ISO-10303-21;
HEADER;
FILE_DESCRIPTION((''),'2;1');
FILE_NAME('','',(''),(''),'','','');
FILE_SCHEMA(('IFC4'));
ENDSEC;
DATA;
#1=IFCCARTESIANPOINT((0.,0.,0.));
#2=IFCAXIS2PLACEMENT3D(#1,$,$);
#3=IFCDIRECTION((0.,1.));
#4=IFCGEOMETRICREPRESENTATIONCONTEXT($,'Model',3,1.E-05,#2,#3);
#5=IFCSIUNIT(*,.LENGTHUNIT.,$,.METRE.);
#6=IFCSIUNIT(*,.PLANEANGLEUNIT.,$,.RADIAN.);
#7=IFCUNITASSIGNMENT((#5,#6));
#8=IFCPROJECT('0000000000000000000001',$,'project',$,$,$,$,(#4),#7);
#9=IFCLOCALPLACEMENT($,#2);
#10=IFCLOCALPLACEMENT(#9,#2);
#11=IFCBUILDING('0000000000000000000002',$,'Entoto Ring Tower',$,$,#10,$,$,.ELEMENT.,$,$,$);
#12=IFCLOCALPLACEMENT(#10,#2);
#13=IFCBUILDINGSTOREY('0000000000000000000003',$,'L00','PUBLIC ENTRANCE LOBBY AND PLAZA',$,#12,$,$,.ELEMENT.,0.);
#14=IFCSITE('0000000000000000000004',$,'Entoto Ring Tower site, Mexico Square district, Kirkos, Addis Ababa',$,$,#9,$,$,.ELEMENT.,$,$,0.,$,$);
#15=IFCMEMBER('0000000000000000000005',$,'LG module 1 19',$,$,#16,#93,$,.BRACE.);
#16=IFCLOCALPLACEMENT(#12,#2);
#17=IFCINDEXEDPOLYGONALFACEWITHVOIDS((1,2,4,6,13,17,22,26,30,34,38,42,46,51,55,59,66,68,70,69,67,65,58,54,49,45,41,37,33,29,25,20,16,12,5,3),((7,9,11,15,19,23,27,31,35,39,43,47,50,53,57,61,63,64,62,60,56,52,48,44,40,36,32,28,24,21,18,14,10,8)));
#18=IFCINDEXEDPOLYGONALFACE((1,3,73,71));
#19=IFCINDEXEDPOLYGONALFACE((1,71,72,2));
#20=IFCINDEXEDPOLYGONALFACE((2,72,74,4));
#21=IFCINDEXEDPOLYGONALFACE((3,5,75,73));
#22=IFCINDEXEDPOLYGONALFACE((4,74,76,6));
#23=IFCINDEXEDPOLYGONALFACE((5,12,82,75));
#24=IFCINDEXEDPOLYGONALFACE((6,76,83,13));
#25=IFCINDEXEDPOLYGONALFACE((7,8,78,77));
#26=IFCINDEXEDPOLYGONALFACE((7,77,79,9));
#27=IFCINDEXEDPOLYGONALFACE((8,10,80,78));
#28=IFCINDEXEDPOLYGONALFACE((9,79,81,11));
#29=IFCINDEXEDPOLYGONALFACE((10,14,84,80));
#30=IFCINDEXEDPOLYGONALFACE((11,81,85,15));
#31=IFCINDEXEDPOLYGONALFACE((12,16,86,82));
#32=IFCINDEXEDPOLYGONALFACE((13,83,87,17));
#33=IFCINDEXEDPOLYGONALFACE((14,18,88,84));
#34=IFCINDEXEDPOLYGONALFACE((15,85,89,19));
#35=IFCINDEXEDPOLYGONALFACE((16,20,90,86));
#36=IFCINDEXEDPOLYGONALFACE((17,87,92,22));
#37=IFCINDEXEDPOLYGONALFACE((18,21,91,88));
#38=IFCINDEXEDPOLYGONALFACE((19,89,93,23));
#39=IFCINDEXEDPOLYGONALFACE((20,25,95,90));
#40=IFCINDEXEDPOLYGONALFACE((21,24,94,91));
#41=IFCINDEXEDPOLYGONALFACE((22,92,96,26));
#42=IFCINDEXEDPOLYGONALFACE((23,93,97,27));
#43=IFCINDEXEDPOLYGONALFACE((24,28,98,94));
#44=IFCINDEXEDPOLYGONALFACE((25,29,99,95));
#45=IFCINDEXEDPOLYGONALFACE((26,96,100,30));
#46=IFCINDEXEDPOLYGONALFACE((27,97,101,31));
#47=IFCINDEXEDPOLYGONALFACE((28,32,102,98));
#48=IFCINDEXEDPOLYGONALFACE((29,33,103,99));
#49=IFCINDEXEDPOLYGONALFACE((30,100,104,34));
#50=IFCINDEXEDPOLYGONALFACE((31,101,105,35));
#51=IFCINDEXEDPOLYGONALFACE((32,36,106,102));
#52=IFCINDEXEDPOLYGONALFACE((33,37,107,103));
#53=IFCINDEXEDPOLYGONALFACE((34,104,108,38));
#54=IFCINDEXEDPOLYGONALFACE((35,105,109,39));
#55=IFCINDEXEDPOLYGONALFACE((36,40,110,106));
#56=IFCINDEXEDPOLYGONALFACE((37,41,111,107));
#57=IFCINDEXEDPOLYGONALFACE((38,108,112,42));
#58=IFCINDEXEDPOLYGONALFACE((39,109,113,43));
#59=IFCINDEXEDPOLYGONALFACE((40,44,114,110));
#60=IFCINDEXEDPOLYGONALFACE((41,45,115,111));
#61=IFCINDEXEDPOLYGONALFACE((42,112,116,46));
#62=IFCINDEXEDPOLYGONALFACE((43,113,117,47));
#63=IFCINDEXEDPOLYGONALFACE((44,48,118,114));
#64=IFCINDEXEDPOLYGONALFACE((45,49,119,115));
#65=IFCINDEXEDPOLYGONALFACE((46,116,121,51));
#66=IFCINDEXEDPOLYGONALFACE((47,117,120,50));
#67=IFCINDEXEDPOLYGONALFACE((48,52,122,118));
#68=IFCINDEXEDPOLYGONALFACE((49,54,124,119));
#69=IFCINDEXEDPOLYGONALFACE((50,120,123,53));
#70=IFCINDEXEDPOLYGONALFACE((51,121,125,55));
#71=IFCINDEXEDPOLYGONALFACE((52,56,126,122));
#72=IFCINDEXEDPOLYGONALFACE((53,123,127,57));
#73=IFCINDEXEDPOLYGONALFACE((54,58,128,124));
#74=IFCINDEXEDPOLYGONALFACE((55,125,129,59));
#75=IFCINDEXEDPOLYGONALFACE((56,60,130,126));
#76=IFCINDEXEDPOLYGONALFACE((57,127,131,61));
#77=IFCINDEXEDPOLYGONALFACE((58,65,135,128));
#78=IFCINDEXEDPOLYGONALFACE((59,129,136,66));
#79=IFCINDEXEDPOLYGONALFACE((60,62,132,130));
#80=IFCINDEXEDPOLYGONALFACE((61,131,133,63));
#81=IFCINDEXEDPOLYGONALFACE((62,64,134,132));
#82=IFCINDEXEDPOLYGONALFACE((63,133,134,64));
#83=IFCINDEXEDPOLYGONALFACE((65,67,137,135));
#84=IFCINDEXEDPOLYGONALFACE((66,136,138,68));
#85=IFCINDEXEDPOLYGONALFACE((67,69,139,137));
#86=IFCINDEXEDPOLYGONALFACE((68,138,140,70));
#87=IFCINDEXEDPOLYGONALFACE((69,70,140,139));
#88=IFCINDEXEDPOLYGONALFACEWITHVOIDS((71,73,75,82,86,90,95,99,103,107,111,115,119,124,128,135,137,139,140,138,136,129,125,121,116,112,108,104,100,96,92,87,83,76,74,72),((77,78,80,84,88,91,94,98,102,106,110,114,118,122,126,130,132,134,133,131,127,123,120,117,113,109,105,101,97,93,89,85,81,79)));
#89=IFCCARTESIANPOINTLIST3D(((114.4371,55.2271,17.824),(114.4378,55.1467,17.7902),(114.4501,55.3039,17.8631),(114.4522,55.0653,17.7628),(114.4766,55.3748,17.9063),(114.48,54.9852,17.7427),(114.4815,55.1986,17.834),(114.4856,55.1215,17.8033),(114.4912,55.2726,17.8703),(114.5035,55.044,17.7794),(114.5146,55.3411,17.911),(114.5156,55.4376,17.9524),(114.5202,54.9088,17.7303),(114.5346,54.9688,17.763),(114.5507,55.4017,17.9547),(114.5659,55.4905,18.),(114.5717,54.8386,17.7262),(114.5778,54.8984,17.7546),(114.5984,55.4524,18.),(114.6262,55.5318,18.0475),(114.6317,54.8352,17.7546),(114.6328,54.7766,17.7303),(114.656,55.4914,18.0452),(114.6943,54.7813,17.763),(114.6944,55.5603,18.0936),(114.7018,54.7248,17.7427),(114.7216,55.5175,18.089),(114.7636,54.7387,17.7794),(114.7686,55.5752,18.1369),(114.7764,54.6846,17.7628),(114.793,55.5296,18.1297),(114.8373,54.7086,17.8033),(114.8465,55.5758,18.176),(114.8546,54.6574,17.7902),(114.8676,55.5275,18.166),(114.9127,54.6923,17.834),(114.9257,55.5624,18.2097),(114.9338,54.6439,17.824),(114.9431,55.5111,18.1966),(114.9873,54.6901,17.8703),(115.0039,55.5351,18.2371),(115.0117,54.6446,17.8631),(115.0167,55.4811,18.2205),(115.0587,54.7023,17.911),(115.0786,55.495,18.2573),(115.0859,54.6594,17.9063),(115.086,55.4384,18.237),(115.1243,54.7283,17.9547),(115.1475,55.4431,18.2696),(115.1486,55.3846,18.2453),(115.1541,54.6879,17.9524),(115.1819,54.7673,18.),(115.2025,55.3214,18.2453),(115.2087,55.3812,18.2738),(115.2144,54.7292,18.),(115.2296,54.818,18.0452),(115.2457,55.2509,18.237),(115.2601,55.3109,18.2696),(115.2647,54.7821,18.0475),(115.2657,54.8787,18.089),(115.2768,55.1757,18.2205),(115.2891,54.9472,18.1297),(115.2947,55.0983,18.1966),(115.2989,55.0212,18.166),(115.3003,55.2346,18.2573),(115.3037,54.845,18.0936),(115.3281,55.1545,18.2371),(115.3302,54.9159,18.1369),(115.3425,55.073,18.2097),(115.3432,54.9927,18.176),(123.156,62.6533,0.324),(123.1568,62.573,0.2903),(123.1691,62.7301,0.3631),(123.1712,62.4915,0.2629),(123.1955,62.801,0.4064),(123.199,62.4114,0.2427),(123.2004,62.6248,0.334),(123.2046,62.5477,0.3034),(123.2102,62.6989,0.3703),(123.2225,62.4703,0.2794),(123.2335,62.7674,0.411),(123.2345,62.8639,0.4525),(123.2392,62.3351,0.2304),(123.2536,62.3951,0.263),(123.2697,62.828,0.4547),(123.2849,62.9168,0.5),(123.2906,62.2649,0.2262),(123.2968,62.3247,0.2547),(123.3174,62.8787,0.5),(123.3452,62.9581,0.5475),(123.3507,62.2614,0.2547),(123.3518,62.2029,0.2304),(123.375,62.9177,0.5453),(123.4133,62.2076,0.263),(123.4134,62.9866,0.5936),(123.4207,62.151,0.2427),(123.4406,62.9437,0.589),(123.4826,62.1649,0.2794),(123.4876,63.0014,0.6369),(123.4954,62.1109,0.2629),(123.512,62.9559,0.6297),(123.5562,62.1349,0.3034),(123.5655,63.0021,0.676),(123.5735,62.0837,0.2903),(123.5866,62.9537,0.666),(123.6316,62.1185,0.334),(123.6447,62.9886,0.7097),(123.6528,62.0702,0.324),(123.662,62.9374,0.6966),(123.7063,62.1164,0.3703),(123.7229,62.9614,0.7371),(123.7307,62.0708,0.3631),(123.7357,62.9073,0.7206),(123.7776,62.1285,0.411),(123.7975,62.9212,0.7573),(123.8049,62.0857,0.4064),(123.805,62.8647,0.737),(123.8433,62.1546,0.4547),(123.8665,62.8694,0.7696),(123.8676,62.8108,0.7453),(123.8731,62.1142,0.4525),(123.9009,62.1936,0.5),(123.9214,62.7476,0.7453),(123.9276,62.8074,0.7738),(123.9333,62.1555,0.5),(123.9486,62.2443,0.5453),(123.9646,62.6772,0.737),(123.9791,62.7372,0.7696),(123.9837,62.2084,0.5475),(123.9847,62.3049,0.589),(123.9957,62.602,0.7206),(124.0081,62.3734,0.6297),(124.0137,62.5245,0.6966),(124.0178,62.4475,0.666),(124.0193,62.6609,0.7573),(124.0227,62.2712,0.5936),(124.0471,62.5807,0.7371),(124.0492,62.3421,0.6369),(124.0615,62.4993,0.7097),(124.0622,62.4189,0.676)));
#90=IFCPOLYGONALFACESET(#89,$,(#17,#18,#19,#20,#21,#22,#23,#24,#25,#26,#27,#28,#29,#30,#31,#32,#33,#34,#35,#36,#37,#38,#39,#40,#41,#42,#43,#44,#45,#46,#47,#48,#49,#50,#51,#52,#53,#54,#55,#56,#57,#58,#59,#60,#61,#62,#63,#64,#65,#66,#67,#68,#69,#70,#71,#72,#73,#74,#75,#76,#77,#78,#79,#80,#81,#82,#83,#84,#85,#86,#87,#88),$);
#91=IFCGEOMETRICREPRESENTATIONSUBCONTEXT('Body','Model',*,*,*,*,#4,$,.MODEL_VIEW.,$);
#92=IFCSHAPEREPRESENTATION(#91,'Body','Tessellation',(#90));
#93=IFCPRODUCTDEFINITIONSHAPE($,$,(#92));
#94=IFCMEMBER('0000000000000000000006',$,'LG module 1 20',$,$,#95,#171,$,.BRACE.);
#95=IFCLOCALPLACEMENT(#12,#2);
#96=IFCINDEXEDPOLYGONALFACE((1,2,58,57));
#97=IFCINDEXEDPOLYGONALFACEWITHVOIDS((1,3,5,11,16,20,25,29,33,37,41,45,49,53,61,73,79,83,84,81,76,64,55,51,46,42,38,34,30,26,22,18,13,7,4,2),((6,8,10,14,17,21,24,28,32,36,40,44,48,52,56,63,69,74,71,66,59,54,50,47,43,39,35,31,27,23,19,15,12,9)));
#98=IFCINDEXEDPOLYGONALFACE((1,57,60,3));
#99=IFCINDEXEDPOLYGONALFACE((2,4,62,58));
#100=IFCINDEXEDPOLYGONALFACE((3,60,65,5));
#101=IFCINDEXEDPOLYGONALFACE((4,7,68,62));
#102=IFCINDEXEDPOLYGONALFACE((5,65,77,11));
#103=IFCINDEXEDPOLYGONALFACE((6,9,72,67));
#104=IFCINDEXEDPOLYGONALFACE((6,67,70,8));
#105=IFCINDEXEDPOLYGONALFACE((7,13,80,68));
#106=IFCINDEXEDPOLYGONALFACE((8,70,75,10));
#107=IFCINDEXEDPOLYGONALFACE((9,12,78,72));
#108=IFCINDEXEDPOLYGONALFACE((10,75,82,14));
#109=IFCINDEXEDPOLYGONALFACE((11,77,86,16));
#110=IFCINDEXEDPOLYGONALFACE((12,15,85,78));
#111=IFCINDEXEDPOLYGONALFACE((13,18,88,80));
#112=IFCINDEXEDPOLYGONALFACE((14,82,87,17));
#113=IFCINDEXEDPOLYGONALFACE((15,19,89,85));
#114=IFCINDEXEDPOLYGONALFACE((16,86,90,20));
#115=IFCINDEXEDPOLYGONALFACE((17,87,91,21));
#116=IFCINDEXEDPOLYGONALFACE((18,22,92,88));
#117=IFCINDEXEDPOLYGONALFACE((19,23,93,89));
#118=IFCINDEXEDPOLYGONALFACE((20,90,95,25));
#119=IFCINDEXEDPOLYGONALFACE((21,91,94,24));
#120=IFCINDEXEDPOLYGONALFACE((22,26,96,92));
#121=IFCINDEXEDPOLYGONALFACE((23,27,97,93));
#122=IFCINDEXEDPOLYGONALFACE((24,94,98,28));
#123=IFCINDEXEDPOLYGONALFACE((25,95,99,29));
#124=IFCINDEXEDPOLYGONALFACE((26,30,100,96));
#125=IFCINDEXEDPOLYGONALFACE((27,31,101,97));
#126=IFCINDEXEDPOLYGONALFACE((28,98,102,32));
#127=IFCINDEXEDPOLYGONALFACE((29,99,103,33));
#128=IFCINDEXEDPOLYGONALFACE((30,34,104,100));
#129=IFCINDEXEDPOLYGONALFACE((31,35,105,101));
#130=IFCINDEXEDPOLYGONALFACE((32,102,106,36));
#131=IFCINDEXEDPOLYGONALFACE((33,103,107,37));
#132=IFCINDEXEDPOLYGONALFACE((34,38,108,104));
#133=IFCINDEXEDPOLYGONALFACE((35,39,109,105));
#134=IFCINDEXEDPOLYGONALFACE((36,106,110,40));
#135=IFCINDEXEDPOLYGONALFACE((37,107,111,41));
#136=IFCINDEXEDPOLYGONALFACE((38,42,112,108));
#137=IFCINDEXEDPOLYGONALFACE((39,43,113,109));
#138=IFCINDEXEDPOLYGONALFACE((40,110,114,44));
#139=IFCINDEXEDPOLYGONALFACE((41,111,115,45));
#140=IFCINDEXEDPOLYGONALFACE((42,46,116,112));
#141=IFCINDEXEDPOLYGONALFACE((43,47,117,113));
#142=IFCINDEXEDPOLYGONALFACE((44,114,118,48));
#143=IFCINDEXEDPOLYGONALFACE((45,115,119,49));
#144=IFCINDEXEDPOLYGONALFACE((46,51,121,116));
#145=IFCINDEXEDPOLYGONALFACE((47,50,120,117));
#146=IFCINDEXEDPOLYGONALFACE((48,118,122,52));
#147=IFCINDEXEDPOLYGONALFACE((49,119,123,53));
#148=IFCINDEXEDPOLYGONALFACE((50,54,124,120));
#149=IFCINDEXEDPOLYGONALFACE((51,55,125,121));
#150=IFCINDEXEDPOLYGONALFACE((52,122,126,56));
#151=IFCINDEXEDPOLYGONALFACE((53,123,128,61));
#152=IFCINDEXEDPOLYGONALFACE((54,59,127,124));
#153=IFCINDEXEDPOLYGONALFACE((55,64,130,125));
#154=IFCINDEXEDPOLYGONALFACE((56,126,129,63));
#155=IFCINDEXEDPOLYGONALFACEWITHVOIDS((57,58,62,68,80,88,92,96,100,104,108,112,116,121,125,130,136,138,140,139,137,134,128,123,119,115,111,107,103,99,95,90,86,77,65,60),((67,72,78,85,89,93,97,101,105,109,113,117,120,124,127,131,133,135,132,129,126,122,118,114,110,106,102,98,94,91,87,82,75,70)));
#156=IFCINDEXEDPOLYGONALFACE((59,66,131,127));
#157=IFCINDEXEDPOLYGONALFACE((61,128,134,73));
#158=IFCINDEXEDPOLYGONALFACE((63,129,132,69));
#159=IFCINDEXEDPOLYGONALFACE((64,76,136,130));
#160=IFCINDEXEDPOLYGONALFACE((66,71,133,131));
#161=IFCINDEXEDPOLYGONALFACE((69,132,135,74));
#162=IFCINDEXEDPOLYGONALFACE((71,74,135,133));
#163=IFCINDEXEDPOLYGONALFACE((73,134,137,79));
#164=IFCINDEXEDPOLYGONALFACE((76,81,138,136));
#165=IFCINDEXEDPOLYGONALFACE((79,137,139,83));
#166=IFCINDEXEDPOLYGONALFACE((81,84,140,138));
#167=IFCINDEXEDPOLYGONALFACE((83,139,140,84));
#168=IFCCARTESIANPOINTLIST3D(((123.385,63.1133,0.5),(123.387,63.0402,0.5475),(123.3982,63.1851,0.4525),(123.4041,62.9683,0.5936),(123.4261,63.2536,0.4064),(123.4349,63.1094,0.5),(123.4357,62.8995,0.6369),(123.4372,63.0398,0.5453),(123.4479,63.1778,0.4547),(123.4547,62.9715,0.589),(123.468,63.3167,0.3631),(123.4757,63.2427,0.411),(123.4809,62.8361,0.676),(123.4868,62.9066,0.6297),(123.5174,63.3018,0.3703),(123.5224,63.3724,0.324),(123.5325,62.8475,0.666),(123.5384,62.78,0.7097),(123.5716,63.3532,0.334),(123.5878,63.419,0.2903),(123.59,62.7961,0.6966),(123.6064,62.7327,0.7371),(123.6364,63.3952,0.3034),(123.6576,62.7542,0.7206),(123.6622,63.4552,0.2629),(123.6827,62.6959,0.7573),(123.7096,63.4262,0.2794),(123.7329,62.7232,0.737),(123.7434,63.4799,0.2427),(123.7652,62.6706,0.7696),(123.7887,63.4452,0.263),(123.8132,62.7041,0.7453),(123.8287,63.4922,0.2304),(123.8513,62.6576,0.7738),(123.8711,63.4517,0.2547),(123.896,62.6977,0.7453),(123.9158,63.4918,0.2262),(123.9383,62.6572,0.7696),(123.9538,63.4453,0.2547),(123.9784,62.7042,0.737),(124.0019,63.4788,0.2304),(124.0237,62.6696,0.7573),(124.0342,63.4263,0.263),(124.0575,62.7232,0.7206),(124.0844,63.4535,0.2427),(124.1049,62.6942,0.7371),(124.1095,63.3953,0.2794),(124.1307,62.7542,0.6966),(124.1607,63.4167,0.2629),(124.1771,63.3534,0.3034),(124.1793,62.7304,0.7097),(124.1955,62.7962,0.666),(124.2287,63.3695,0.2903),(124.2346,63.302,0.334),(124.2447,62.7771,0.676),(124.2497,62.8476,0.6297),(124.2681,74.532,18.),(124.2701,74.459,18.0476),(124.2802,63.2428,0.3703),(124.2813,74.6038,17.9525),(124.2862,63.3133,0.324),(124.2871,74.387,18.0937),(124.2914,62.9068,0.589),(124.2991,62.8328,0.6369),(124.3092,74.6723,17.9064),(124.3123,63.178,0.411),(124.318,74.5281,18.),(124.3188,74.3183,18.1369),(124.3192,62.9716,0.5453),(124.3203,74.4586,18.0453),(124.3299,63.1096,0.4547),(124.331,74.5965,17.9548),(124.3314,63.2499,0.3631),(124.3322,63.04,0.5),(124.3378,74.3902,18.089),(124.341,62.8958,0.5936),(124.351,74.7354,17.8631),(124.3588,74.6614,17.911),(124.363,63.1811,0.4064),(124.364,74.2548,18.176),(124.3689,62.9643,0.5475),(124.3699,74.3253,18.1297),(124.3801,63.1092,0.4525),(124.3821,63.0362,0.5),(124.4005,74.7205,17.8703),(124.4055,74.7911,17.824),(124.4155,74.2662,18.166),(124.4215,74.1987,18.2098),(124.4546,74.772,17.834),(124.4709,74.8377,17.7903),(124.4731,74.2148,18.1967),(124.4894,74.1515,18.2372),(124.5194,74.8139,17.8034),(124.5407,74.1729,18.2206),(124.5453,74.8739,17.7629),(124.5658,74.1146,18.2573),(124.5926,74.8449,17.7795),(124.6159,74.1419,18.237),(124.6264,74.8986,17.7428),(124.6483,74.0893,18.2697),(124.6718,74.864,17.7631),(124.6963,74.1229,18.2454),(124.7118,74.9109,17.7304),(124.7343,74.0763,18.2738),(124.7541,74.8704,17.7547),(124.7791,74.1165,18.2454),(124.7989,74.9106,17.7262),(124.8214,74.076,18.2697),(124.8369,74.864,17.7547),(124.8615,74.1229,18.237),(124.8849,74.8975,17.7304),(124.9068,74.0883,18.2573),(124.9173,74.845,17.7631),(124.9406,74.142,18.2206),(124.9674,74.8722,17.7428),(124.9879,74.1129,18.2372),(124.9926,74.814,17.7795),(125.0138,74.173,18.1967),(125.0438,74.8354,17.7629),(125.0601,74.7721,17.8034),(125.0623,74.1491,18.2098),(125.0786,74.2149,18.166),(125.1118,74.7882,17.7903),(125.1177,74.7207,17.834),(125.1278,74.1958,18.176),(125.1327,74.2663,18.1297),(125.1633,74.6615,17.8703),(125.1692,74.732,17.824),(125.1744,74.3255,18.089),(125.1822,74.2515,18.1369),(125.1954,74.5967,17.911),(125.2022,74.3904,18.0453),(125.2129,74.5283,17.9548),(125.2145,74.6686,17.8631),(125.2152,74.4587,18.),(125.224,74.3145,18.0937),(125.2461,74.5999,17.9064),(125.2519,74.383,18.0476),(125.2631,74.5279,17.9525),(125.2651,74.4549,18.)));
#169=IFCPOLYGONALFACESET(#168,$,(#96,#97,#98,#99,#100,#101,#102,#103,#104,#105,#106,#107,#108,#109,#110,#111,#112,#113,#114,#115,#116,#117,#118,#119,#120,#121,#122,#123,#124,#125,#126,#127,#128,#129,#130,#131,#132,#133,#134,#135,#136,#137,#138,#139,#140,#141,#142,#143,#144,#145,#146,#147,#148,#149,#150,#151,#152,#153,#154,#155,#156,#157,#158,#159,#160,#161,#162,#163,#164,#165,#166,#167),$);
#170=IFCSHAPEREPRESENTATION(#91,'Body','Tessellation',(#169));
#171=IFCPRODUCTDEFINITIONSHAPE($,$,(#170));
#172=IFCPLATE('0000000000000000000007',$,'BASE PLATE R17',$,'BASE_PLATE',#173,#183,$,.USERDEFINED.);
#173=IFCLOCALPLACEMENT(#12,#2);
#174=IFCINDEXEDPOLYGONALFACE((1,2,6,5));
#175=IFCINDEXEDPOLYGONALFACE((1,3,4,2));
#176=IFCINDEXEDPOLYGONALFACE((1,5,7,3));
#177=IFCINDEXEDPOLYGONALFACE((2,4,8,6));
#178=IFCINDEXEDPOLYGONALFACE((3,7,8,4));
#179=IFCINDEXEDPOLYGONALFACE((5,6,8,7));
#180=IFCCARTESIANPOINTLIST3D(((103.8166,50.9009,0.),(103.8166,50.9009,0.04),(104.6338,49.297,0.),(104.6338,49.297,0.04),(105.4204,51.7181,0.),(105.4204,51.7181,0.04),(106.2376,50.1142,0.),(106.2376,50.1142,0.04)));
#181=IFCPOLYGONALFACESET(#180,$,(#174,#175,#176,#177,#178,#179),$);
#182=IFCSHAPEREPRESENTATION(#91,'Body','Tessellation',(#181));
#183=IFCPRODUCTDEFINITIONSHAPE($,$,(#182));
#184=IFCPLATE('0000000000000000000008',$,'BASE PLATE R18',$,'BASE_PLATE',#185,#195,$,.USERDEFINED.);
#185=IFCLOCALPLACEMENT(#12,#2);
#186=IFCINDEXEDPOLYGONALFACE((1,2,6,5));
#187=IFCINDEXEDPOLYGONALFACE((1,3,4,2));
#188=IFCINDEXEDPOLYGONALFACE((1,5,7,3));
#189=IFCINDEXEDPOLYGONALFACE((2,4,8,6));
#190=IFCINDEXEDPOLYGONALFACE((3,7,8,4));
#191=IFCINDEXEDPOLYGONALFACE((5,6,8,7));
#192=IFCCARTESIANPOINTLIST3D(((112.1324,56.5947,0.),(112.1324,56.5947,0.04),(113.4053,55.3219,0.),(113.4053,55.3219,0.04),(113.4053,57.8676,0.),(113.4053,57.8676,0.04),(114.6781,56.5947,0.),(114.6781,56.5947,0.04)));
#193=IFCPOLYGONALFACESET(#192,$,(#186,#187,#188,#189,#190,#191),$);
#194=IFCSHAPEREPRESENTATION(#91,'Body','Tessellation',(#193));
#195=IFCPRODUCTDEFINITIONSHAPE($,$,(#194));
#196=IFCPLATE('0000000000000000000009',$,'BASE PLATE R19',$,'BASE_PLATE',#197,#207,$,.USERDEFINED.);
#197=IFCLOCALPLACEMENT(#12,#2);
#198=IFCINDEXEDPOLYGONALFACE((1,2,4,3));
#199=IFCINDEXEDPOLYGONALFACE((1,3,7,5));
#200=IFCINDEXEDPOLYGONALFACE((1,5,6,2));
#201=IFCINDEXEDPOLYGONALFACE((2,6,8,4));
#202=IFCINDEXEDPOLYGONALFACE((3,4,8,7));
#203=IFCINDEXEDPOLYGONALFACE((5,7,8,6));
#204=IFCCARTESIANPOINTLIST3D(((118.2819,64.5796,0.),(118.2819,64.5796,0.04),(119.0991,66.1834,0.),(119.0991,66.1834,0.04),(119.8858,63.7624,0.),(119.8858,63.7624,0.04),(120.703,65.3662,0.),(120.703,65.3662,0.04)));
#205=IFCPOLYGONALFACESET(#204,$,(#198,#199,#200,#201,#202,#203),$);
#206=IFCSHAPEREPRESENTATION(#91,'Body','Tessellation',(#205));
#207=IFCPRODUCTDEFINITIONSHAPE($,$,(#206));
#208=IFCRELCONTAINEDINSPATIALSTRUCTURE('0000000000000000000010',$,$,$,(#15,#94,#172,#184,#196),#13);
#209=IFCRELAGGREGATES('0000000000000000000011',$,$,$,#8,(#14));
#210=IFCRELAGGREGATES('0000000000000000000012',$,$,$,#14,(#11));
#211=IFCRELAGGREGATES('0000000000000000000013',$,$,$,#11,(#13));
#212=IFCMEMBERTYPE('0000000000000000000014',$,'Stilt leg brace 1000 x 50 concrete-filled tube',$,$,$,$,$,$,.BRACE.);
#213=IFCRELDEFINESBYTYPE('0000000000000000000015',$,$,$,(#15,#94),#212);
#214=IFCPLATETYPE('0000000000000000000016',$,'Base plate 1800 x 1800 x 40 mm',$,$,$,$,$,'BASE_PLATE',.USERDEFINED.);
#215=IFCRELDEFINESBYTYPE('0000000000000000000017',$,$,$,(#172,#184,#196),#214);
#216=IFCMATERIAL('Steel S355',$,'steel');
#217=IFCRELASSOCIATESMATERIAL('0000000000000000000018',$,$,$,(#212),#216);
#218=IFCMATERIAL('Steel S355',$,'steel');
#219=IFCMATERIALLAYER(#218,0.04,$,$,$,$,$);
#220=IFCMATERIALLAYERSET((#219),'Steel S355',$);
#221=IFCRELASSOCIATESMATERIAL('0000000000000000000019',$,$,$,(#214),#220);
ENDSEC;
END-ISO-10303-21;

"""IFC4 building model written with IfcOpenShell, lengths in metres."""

from ifc_helpers import new_model, si_unit, direction, frame, origin, origin_2d, place, context, subcontext, project, spatial, rectangle, circle, hollow_circle, extrude, material, layer, layer_set, material_profile, profile_set, type_object, element, save


model = new_model("IFC4")

# Units and contexts
model_context = context("Model", 3, precision=1e-05, world=origin(), true_north=direction((0.0, 1.0)))
body_context = subcontext(model_context, "Body", "Model", "MODEL_VIEW")
ifc_project = project(units=[si_unit("LENGTHUNIT", "METRE"), si_unit("PLANEANGLEUNIT", "RADIAN")], contexts=[model_context])

# Site, building, storey
site_placement = place(None, origin())
site = spatial("IfcSite", under=ifc_project, at=site_placement, Name="Entoto Ring Tower site, Mexico Square district, Kirkos, Addis Ababa", CompositionType="ELEMENT", RefElevation=0.0)
building_placement = place(site_placement, origin())
building = spatial("IfcBuilding", under=site, at=building_placement, Name="Entoto Ring Tower", CompositionType="ELEMENT")
storey_placement = place(building_placement, origin())
storey = spatial("IfcBuildingStorey", under=building, at=storey_placement, Name="L00", Description="PUBLIC ENTRANCE LOBBY AND PLAZA", CompositionType="ELEMENT", Elevation=0.0)

# Members
ifc_material_1 = material(Name="Steel S355", Category="steel")
ifc_material_profile_1 = material_profile(ifc_material_1, hollow_circle(Radius=0.5, WallThickness=0.05, at=origin_2d()), Name="CHS 1000 x 50")
ifc_material_2 = material(Name="Concrete C60/75", Category="concrete")
ifc_material_profile_2 = material_profile(ifc_material_2, circle(Radius=0.45, at=origin_2d()), Name="Concrete C60/75 infill")
ifc_profile_set_1 = profile_set([ifc_material_profile_1, ifc_material_profile_2], Name="Steel S355")
member_type = type_object("IfcMemberType", Name="Stilt leg brace 1000 x 50 concrete-filled tube", PredefinedType="BRACE", material=ifc_profile_set_1)
for number, where, z_axis, x_axis, name in (
    (1, (123.6091, 62.5361, 0.5), (-0.416886, -0.355076, 0.836736), (0.648415, -0.761287, 0.0), "LG module 1 19"),
    (2, (123.8835, 63.0747, 0.5), (0.042222, 0.54597, 0.83674), (-0.997023, 0.077104, 0.0), "LG module 1 20"),
):
    element("IfcMember", number, at=place(storey_placement, frame(where, z_axis=z_axis, x_axis=x_axis)), inside=storey, type_object=member_type, Name=name, PredefinedType="BRACE", context=body_context, shape_type="SweptSolid", body=[
        extrude(hollow_circle(Radius=0.5, WallThickness=0.05, at=origin_2d()), origin(), (0.0, 0.0, 1.0), 20.9146),
    ])

# Plates
ifc_material_3 = material(Name="Steel S355", Category="steel")
ifc_layer_1 = layer(ifc_material_3, 0.04)
ifc_layer_set_1 = layer_set([ifc_layer_1], Name="Steel S355")
plate_type = type_object("IfcPlateType", Name="Base plate 1800 x 1800 x 40 mm", ElementType="BASE_PLATE", PredefinedType="USERDEFINED", material=ifc_layer_set_1)
for number, where, z_axis, x_axis, name in (
    (3, (105.0271, 50.5076, 0.0), (0.0, 0.0, 1.0), (0.45399, -0.891007, 0.0), "BASE PLATE R17"),
    (4, (113.4053, 56.5947, 0.0), (0.0, 0.0, 1.0), (0.707107, -0.707107, 0.0), "BASE PLATE R18"),
    (5, (119.4924, 64.9729, 0.0), (0.0, 0.0, 1.0), (0.891007, -0.45399, 0.0), "BASE PLATE R19"),
):
    element("IfcPlate", number, at=place(storey_placement, frame(where, z_axis=z_axis, x_axis=x_axis)), inside=storey, type_object=plate_type, Name=name, ObjectType="BASE_PLATE", PredefinedType="USERDEFINED", context=body_context, shape_type="SweptSolid", body=[
        extrude(rectangle(XDim=1.8, YDim=1.8, at=origin_2d()), origin(), (0.0, 0.0, 1.0), 0.04),
    ])

save(model, "model.ifc")
